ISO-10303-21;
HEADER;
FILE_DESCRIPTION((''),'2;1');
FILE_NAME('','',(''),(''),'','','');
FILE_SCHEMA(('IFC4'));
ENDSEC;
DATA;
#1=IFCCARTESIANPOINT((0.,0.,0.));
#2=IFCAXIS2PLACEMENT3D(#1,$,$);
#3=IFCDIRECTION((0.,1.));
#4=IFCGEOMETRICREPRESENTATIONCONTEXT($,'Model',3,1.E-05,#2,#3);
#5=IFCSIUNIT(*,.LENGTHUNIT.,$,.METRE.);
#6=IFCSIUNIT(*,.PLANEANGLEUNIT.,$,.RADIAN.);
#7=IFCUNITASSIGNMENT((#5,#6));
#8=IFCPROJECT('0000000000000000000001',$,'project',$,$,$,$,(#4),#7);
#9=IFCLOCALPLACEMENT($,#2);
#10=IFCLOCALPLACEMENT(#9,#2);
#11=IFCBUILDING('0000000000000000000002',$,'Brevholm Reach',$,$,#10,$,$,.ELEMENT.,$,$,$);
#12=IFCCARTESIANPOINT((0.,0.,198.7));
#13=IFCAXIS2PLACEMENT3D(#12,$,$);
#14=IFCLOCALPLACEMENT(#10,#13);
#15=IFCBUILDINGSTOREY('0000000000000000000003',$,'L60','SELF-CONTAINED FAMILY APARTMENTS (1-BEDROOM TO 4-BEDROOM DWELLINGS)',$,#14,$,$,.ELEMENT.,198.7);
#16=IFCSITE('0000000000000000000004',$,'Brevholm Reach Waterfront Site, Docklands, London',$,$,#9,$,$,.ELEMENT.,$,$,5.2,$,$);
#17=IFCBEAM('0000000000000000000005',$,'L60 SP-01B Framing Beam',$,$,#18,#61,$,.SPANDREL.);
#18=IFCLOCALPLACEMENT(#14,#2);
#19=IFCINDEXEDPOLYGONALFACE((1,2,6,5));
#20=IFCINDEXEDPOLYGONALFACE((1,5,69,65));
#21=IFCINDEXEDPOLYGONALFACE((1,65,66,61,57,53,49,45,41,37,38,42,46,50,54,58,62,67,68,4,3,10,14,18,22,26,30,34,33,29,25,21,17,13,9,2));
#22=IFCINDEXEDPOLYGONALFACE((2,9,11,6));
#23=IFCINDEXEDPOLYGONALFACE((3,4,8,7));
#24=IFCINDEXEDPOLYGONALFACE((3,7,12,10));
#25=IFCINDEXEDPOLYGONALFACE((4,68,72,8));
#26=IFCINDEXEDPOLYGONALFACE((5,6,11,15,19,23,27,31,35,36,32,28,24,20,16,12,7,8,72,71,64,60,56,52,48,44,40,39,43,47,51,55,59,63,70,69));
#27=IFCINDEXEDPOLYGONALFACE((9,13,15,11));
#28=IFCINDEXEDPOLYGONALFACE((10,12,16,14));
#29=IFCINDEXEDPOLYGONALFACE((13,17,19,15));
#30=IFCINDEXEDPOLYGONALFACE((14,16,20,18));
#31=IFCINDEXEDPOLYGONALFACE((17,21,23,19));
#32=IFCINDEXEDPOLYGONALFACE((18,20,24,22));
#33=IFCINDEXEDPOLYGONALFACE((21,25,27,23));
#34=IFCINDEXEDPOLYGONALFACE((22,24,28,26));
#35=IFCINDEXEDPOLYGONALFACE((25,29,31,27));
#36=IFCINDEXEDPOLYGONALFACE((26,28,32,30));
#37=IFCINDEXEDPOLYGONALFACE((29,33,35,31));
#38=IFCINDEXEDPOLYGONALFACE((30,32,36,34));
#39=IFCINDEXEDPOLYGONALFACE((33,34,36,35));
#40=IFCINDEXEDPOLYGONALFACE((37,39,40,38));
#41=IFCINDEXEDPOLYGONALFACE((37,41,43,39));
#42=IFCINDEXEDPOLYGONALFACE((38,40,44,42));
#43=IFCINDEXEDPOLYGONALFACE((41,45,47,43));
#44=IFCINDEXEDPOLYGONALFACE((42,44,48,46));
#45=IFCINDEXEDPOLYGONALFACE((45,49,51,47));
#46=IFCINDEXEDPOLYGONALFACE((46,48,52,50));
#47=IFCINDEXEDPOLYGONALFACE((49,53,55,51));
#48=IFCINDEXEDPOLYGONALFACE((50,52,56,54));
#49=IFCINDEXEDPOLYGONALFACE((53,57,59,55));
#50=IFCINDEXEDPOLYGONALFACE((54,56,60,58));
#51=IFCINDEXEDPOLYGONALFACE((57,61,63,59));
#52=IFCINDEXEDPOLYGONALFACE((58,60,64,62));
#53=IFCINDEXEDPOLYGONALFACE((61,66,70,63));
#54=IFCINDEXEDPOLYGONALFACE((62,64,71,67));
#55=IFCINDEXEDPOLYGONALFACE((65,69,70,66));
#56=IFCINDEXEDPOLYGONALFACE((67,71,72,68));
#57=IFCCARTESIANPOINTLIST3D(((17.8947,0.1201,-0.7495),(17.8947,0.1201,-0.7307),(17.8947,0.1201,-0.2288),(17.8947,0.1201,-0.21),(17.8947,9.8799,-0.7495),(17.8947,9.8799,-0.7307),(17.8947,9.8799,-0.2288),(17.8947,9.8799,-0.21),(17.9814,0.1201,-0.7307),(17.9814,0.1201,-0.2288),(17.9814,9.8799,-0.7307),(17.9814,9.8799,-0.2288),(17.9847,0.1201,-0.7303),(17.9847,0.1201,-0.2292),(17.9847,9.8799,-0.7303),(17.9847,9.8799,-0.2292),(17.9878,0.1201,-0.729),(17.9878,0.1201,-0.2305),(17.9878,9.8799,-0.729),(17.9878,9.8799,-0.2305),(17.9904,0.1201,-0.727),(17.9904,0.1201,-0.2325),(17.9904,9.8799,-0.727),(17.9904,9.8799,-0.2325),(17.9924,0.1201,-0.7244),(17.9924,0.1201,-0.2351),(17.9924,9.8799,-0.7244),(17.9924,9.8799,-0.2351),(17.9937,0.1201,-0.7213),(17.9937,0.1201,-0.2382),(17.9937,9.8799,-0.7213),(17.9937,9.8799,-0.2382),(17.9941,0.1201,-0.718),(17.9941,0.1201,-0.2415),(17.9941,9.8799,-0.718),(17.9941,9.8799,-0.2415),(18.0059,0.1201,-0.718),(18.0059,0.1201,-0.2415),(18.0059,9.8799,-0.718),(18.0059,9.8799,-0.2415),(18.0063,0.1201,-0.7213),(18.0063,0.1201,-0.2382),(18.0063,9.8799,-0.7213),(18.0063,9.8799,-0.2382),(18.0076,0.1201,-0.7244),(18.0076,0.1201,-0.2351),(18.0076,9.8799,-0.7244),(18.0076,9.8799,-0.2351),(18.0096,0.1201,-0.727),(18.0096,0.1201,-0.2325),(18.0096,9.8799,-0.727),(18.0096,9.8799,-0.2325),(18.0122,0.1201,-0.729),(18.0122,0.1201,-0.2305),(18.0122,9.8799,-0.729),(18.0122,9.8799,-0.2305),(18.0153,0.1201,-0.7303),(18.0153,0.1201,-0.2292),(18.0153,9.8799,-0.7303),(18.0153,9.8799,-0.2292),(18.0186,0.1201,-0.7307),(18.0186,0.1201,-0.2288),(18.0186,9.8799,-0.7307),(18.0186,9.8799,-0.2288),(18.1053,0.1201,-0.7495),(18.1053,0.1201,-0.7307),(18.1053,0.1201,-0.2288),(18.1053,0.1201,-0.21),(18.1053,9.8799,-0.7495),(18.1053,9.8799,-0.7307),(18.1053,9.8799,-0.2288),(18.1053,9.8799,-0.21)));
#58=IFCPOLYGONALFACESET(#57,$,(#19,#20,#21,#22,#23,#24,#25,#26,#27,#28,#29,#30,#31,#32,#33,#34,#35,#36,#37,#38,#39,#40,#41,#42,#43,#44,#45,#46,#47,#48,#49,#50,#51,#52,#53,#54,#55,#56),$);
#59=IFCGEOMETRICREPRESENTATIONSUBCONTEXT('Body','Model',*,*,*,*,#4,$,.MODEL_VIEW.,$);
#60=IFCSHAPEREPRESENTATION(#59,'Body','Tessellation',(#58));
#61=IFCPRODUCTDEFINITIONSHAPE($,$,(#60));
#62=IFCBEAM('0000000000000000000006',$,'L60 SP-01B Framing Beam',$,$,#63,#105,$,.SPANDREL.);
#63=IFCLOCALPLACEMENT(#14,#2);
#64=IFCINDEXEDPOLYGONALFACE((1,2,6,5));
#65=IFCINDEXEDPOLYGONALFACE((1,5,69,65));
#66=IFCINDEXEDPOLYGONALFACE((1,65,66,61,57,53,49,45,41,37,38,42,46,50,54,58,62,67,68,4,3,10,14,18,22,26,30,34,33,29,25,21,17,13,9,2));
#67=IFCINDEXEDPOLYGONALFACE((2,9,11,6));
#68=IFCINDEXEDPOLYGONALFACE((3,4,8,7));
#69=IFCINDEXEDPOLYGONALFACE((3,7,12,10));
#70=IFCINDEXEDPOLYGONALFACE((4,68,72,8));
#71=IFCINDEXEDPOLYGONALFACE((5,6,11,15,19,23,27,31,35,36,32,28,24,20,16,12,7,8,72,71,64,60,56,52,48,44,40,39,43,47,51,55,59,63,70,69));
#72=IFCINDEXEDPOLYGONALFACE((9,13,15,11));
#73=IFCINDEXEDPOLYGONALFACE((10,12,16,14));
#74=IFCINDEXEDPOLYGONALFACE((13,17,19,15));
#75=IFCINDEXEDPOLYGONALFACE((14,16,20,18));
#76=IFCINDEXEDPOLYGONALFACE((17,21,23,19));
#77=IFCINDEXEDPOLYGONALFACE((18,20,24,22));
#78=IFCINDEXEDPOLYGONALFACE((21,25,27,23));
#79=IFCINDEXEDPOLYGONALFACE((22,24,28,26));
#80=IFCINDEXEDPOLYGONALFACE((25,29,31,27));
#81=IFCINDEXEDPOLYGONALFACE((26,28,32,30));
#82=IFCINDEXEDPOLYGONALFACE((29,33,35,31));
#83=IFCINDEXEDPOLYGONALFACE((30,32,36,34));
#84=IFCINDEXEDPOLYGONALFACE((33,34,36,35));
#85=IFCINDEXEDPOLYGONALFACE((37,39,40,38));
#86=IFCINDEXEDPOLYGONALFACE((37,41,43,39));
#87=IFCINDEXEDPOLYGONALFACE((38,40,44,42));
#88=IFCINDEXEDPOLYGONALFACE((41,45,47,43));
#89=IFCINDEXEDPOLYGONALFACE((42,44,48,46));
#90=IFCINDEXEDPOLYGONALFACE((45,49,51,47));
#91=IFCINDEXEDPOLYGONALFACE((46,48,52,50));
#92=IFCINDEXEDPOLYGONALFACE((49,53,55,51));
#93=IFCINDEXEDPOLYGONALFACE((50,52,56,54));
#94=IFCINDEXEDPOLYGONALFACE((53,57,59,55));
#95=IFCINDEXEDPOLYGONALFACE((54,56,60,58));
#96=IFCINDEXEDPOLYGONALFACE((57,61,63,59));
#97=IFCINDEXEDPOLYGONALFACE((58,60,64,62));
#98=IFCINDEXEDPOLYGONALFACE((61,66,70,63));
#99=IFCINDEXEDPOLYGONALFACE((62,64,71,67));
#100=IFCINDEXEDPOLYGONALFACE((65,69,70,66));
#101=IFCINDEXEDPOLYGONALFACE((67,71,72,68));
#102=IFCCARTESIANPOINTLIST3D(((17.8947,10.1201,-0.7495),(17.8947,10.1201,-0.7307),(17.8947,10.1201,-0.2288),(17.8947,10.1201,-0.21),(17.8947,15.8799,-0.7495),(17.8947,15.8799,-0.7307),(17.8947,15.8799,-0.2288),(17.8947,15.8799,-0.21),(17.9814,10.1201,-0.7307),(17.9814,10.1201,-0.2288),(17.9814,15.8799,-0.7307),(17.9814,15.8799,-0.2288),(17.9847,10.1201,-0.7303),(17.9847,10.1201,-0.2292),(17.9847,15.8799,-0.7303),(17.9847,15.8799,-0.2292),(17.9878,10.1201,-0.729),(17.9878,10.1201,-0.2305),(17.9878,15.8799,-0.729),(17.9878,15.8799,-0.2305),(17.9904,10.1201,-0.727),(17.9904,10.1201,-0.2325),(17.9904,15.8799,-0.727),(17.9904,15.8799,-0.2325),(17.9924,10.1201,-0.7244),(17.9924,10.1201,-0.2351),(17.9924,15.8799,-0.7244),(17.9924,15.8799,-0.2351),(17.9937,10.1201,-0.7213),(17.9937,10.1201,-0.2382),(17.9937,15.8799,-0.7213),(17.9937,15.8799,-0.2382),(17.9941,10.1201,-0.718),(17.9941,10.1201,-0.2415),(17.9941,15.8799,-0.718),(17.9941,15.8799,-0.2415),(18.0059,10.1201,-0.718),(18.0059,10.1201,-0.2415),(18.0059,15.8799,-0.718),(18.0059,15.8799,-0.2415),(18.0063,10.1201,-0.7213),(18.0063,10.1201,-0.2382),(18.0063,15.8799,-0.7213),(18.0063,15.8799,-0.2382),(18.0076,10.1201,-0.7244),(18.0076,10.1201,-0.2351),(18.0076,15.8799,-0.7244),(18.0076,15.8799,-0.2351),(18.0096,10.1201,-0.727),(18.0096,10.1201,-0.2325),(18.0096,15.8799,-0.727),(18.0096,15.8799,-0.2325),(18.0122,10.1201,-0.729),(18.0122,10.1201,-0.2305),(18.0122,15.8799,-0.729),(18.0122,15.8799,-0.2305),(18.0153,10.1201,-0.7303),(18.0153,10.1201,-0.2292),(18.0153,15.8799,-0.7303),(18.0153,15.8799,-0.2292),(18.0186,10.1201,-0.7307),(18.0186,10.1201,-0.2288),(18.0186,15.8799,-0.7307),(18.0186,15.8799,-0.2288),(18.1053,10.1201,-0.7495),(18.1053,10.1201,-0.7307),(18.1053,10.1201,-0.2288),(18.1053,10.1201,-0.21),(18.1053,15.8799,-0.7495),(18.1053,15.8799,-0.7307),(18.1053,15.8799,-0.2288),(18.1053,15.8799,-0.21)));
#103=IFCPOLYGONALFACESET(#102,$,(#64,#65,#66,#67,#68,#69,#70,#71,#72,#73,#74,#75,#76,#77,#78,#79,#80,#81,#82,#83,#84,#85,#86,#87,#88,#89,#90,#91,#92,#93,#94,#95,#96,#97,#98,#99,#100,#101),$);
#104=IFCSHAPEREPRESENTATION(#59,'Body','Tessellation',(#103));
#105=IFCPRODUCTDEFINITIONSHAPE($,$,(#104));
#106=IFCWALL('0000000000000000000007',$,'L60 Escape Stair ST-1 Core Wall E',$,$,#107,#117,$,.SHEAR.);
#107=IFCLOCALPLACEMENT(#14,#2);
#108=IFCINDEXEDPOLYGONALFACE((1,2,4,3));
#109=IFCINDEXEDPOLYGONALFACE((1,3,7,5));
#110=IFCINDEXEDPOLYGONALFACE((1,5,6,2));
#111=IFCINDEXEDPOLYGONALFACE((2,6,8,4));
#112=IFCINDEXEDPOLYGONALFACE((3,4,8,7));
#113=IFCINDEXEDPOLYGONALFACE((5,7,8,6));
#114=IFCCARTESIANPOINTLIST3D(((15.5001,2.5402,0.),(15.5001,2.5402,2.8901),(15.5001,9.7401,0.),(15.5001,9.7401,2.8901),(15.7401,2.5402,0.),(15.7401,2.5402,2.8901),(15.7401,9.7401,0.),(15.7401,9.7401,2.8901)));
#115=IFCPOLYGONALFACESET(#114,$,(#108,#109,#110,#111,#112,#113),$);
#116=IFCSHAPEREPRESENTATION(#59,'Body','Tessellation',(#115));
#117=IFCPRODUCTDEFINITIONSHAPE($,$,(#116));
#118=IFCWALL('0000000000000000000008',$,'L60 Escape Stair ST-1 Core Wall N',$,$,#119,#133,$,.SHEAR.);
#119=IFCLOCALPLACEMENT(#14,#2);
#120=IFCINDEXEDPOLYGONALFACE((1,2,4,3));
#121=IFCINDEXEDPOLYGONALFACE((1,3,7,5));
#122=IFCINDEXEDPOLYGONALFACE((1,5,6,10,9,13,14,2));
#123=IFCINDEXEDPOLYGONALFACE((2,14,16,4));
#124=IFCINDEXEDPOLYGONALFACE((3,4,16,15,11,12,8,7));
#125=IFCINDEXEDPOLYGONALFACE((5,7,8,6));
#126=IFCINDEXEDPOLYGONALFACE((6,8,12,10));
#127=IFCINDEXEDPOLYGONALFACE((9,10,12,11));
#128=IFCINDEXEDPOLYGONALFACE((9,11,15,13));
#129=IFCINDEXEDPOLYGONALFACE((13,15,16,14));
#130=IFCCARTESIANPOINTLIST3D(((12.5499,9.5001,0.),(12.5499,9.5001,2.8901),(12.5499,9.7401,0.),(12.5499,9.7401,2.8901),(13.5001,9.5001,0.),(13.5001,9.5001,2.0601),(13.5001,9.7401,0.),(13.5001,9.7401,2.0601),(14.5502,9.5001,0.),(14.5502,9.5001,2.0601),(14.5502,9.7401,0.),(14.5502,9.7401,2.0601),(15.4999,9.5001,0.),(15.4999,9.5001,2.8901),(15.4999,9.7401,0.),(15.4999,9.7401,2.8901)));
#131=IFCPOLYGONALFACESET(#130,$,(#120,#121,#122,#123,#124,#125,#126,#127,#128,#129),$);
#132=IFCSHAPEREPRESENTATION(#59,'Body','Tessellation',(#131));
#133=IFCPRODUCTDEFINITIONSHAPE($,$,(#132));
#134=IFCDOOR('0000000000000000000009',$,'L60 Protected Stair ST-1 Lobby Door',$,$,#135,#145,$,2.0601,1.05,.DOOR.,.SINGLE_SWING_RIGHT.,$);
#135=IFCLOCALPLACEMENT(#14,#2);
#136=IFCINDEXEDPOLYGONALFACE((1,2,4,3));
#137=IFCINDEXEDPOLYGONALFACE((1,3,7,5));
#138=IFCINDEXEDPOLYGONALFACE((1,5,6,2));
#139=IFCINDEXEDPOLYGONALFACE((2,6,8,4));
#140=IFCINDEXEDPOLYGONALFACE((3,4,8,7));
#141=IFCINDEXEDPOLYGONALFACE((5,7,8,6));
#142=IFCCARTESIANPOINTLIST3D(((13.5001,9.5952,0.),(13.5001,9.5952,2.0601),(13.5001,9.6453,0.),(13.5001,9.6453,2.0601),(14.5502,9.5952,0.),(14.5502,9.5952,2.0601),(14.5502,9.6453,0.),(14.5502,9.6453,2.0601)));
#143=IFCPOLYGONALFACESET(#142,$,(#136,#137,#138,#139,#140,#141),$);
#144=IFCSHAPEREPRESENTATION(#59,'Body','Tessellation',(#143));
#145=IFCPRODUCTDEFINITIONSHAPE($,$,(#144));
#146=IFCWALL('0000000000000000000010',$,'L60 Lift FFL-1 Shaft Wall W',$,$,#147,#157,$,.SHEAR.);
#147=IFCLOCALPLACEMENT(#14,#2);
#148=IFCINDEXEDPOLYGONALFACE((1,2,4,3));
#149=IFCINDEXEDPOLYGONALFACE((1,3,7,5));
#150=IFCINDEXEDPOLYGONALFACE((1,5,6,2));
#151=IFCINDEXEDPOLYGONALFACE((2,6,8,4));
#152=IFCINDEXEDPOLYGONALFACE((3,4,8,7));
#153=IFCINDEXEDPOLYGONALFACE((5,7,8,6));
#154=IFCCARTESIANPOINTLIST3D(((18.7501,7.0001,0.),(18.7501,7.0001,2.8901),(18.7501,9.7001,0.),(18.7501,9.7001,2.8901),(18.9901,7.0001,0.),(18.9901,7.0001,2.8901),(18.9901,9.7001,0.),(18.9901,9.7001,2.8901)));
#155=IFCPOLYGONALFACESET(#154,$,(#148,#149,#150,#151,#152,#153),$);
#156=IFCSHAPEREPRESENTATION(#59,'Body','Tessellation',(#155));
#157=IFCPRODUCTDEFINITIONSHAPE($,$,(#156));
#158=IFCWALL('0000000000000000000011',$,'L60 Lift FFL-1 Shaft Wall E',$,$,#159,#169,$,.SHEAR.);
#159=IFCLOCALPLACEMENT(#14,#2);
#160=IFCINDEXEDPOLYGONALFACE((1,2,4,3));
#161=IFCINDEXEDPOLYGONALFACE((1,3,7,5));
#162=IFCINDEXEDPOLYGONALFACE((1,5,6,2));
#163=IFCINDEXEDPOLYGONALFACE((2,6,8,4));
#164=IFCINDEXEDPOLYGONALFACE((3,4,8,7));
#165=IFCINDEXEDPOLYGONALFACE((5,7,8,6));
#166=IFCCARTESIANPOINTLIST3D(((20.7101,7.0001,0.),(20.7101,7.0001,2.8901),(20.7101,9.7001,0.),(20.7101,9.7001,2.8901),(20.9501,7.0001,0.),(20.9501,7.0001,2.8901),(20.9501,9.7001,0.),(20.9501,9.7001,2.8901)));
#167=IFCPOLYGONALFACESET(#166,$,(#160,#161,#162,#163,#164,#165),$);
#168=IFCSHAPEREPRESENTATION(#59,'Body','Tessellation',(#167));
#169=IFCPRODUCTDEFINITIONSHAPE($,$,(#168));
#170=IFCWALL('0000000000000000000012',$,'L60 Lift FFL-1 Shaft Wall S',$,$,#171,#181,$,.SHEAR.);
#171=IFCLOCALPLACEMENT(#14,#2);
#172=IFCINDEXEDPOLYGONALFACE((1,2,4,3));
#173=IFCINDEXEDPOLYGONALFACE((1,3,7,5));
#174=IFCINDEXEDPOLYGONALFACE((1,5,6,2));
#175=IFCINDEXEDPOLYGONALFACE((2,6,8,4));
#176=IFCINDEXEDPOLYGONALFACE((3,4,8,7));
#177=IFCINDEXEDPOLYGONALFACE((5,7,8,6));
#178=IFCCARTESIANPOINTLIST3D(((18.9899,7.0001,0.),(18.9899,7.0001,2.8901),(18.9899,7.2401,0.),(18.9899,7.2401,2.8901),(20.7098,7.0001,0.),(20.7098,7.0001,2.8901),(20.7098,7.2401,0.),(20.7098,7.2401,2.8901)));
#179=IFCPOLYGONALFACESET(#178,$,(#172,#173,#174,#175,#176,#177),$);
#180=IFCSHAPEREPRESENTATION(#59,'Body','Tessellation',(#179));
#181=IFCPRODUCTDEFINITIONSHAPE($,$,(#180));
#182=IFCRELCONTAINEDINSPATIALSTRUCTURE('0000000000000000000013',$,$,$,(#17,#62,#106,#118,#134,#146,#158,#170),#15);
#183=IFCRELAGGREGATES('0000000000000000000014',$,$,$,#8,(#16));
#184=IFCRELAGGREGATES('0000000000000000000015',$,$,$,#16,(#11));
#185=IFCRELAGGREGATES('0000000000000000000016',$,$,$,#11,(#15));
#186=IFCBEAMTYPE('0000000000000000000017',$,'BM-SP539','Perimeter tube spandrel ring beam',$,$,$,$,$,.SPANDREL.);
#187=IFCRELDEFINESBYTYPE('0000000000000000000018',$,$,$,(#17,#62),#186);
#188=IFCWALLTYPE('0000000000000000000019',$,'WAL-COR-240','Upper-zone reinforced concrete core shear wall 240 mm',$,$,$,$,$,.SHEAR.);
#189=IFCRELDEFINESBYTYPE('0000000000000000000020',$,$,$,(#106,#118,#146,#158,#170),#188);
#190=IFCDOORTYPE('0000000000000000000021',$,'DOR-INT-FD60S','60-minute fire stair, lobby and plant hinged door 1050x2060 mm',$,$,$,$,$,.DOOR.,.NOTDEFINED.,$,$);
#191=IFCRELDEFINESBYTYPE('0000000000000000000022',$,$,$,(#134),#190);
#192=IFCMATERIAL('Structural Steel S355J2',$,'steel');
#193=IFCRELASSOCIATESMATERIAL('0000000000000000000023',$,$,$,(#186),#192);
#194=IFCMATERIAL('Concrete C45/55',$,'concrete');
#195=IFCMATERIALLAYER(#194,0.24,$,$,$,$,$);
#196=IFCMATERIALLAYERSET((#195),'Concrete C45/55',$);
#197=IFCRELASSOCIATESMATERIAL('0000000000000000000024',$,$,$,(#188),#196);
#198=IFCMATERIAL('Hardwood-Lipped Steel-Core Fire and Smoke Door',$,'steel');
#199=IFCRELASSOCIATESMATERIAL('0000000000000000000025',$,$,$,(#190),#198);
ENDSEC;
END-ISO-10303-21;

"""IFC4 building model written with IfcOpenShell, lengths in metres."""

from ifc_helpers import new_model, si_unit, direction, frame, frame_2d, origin, origin_2d, place, context, subcontext, project, spatial, rectangle, i_section, extrude, material, layer, layer_set, material_profile, profile_set, type_object, element, fill, save


model = new_model("IFC4")

# Units and contexts
model_context = context("Model", 3, precision=1e-05, world=origin(), true_north=direction((0.0, 1.0)))
body_context = subcontext(model_context, "Body", "Model", "MODEL_VIEW")
ifc_project = project(units=[si_unit("LENGTHUNIT", "METRE"), si_unit("PLANEANGLEUNIT", "RADIAN")], contexts=[model_context])

# Site, building, storey
site_placement = place(None, origin())
site = spatial("IfcSite", under=ifc_project, at=site_placement, Name="Brevholm Reach Waterfront Site, Docklands, London", CompositionType="ELEMENT", RefElevation=5.2)
building_placement = place(site_placement, origin())
building = spatial("IfcBuilding", under=site, at=building_placement, Name="Brevholm Reach", CompositionType="ELEMENT")
storey_placement = place(building_placement, frame((0.0, 0.0, 198.7)))
storey = spatial("IfcBuildingStorey", under=building, at=storey_placement, Name="L60", Description="SELF-CONTAINED FAMILY APARTMENTS (1-BEDROOM TO 4-BEDROOM DWELLINGS)", CompositionType="ELEMENT", Elevation=198.7)

# Beams
ifc_material_1 = material(Name="Structural Steel S355J2", Category="steel")
ifc_material_profile_1 = material_profile(ifc_material_1, i_section(OverallWidth=0.2107, OverallDepth=0.5396, WebThickness=0.0117, FlangeThickness=0.0188, FilletRadius=0.0127, at=origin_2d()), Name="UKB 533x210x109")
ifc_profile_set_1 = profile_set([ifc_material_profile_1], Name="Structural Steel S355J2")
beam_type_1 = type_object("IfcBeamType", Name="BM-SP539", Description="Perimeter tube spandrel ring beam", PredefinedType="SPANDREL", material=ifc_profile_set_1)
beam_1_placement = place(storey_placement, frame((18.0, 0.1201, -0.4797), z_axis=(0.0, 1.0, 0.0), x_axis=(-1.0, 0.0, 0.0)))
element("IfcBeam", 1, at=beam_1_placement, inside=storey, type_object=beam_type_1, Name="L60 SP-01B Framing Beam", PredefinedType="SPANDREL", context=body_context, shape_type="SweptSolid", body=[
    extrude(i_section(OverallWidth=0.2107, OverallDepth=0.5396, WebThickness=0.0117, FlangeThickness=0.0188, FilletRadius=0.0127, at=origin_2d()), origin(), (0.0, 0.0, 1.0), 9.7598),
])
beam_2_placement = place(storey_placement, frame((18.0, 10.1201, -0.4797), z_axis=(0.0, 1.0, 0.0), x_axis=(-1.0, 0.0, 0.0)))
element("IfcBeam", 2, at=beam_2_placement, inside=storey, type_object=beam_type_1, Name="L60 SP-01B Framing Beam", PredefinedType="SPANDREL", context=body_context, shape_type="SweptSolid", body=[
    extrude(i_section(OverallWidth=0.2107, OverallDepth=0.5396, WebThickness=0.0117, FlangeThickness=0.0188, FilletRadius=0.0127, at=origin_2d()), origin(), (0.0, 0.0, 1.0), 5.7598),
])

# Wall
ifc_material_2 = material(Name="Concrete C45/55", Category="concrete")
ifc_layer_1 = layer(ifc_material_2, 0.24)
ifc_layer_set_1 = layer_set([ifc_layer_1], Name="Concrete C45/55")
wall_type_1 = type_object("IfcWallType", Name="WAL-COR-240", Description="Upper-zone reinforced concrete core shear wall 240 mm", PredefinedType="SHEAR", material=ifc_layer_set_1)
wall_1_placement = place(storey_placement, frame((15.6201, 2.54, 0.0), z_axis=(0.0, 0.0, 1.0), x_axis=(0.0, 1.0, 0.0)))
element("IfcWall", 3, at=wall_1_placement, inside=storey, type_object=wall_type_1, Name="L60 Escape Stair ST-1 Core Wall E", PredefinedType="SHEAR", context=body_context, shape_type="SweptSolid", body=[
    extrude(rectangle(XDim=7.2, YDim=0.24, at=frame_2d((3.6001, 0.0))), origin(), (0.0, 0.0, 1.0), 2.8901),
])

# Wall, opening, door
wall_2_placement = place(storey_placement, frame((15.5, 9.6201, 0.0), z_axis=(0.0, 0.0, 1.0), x_axis=(-1.0, 0.0, 0.0)))
wall_2 = element("IfcWall", 4, at=wall_2_placement, inside=storey, type_object=wall_type_1, Name="L60 Escape Stair ST-1 Core Wall N", PredefinedType="SHEAR", context=body_context, shape_type="SweptSolid", body=[
    extrude(rectangle(XDim=2.95, YDim=0.24, at=frame_2d((1.4751, 0.0))), origin(), (0.0, 0.0, 1.0), 2.8901),
])
opening_1_placement = place(wall_2_placement, frame((0.95, 0.0, 0.0)))
opening_1 = element("IfcOpeningElement", 5, at=opening_1_placement, cuts=wall_2, PredefinedType="OPENING", context=body_context, shape_type="SweptSolid", body=[
    extrude(rectangle(XDim=1.05, YDim=2.0601, at=frame_2d((0.5249, 1.03))), frame((0.0, 0.1299, 0.0), z_axis=(0.0, -1.0, 0.0), x_axis=(1.0, 0.0, 0.0)), (0.0, 0.0, 1.0), 0.26),
])
ifc_material_3 = material(Name="Hardwood-Lipped Steel-Core Fire and Smoke Door", Category="steel")
door_type_1 = type_object("IfcDoorType", Name="DOR-INT-FD60S", Description="60-minute fire stair, lobby and plant hinged door 1050x2060 mm", OperationType="NOTDEFINED", PredefinedType="DOOR", material=ifc_material_3)
door_1_placement = place(opening_1_placement, origin())
door_1 = element("IfcDoor", 6, at=door_1_placement, inside=storey, type_object=door_type_1, Name="L60 Protected Stair ST-1 Lobby Door", OperationType="SINGLE_SWING_RIGHT", OverallHeight=2.0601, OverallWidth=1.05, PredefinedType="DOOR", context=body_context, shape_type="SweptSolid", body=[
    extrude(rectangle(XDim=1.05, YDim=2.0601, at=frame_2d((0.5249, 1.03))), frame((0.0, 0.0249, 0.0), z_axis=(0.0, -1.0, 0.0), x_axis=(1.0, 0.0, 0.0)), (0.0, 0.0, 1.0), 0.05),
])
fill(opening_1, door_1)

# Walls
for number, where, z_axis, x_axis, name in (
    (7, (18.8701, 7.0, 0.0), (0.0, 0.0, 1.0), (0.0, 1.0, 0.0), "L60 Lift FFL-1 Shaft Wall W"),
    (8, (20.8301, 7.0, 0.0), (0.0, 0.0, 1.0), (0.0, 1.0, 0.0), "L60 Lift FFL-1 Shaft Wall E"),
):
    element("IfcWall", number, at=place(storey_placement, frame(where, z_axis=z_axis, x_axis=x_axis)), inside=storey, type_object=wall_type_1, Name=name, PredefinedType="SHEAR", context=body_context, shape_type="SweptSolid", body=[
        extrude(rectangle(XDim=2.7, YDim=0.24, at=frame_2d((1.3501, 0.0))), origin(), (0.0, 0.0, 1.0), 2.8901),
    ])
wall_3_placement = place(storey_placement, frame((18.99, 7.1201, 0.0), z_axis=(0.0, 0.0, 1.0), x_axis=(1.0, 0.0, 0.0)))
element("IfcWall", 9, at=wall_3_placement, inside=storey, type_object=wall_type_1, Name="L60 Lift FFL-1 Shaft Wall S", PredefinedType="SHEAR", context=body_context, shape_type="SweptSolid", body=[
    extrude(rectangle(XDim=1.72, YDim=0.24, at=frame_2d((0.8599, 0.0))), origin(), (0.0, 0.0, 1.0), 2.8901),
])

save(model, "model.ifc")
